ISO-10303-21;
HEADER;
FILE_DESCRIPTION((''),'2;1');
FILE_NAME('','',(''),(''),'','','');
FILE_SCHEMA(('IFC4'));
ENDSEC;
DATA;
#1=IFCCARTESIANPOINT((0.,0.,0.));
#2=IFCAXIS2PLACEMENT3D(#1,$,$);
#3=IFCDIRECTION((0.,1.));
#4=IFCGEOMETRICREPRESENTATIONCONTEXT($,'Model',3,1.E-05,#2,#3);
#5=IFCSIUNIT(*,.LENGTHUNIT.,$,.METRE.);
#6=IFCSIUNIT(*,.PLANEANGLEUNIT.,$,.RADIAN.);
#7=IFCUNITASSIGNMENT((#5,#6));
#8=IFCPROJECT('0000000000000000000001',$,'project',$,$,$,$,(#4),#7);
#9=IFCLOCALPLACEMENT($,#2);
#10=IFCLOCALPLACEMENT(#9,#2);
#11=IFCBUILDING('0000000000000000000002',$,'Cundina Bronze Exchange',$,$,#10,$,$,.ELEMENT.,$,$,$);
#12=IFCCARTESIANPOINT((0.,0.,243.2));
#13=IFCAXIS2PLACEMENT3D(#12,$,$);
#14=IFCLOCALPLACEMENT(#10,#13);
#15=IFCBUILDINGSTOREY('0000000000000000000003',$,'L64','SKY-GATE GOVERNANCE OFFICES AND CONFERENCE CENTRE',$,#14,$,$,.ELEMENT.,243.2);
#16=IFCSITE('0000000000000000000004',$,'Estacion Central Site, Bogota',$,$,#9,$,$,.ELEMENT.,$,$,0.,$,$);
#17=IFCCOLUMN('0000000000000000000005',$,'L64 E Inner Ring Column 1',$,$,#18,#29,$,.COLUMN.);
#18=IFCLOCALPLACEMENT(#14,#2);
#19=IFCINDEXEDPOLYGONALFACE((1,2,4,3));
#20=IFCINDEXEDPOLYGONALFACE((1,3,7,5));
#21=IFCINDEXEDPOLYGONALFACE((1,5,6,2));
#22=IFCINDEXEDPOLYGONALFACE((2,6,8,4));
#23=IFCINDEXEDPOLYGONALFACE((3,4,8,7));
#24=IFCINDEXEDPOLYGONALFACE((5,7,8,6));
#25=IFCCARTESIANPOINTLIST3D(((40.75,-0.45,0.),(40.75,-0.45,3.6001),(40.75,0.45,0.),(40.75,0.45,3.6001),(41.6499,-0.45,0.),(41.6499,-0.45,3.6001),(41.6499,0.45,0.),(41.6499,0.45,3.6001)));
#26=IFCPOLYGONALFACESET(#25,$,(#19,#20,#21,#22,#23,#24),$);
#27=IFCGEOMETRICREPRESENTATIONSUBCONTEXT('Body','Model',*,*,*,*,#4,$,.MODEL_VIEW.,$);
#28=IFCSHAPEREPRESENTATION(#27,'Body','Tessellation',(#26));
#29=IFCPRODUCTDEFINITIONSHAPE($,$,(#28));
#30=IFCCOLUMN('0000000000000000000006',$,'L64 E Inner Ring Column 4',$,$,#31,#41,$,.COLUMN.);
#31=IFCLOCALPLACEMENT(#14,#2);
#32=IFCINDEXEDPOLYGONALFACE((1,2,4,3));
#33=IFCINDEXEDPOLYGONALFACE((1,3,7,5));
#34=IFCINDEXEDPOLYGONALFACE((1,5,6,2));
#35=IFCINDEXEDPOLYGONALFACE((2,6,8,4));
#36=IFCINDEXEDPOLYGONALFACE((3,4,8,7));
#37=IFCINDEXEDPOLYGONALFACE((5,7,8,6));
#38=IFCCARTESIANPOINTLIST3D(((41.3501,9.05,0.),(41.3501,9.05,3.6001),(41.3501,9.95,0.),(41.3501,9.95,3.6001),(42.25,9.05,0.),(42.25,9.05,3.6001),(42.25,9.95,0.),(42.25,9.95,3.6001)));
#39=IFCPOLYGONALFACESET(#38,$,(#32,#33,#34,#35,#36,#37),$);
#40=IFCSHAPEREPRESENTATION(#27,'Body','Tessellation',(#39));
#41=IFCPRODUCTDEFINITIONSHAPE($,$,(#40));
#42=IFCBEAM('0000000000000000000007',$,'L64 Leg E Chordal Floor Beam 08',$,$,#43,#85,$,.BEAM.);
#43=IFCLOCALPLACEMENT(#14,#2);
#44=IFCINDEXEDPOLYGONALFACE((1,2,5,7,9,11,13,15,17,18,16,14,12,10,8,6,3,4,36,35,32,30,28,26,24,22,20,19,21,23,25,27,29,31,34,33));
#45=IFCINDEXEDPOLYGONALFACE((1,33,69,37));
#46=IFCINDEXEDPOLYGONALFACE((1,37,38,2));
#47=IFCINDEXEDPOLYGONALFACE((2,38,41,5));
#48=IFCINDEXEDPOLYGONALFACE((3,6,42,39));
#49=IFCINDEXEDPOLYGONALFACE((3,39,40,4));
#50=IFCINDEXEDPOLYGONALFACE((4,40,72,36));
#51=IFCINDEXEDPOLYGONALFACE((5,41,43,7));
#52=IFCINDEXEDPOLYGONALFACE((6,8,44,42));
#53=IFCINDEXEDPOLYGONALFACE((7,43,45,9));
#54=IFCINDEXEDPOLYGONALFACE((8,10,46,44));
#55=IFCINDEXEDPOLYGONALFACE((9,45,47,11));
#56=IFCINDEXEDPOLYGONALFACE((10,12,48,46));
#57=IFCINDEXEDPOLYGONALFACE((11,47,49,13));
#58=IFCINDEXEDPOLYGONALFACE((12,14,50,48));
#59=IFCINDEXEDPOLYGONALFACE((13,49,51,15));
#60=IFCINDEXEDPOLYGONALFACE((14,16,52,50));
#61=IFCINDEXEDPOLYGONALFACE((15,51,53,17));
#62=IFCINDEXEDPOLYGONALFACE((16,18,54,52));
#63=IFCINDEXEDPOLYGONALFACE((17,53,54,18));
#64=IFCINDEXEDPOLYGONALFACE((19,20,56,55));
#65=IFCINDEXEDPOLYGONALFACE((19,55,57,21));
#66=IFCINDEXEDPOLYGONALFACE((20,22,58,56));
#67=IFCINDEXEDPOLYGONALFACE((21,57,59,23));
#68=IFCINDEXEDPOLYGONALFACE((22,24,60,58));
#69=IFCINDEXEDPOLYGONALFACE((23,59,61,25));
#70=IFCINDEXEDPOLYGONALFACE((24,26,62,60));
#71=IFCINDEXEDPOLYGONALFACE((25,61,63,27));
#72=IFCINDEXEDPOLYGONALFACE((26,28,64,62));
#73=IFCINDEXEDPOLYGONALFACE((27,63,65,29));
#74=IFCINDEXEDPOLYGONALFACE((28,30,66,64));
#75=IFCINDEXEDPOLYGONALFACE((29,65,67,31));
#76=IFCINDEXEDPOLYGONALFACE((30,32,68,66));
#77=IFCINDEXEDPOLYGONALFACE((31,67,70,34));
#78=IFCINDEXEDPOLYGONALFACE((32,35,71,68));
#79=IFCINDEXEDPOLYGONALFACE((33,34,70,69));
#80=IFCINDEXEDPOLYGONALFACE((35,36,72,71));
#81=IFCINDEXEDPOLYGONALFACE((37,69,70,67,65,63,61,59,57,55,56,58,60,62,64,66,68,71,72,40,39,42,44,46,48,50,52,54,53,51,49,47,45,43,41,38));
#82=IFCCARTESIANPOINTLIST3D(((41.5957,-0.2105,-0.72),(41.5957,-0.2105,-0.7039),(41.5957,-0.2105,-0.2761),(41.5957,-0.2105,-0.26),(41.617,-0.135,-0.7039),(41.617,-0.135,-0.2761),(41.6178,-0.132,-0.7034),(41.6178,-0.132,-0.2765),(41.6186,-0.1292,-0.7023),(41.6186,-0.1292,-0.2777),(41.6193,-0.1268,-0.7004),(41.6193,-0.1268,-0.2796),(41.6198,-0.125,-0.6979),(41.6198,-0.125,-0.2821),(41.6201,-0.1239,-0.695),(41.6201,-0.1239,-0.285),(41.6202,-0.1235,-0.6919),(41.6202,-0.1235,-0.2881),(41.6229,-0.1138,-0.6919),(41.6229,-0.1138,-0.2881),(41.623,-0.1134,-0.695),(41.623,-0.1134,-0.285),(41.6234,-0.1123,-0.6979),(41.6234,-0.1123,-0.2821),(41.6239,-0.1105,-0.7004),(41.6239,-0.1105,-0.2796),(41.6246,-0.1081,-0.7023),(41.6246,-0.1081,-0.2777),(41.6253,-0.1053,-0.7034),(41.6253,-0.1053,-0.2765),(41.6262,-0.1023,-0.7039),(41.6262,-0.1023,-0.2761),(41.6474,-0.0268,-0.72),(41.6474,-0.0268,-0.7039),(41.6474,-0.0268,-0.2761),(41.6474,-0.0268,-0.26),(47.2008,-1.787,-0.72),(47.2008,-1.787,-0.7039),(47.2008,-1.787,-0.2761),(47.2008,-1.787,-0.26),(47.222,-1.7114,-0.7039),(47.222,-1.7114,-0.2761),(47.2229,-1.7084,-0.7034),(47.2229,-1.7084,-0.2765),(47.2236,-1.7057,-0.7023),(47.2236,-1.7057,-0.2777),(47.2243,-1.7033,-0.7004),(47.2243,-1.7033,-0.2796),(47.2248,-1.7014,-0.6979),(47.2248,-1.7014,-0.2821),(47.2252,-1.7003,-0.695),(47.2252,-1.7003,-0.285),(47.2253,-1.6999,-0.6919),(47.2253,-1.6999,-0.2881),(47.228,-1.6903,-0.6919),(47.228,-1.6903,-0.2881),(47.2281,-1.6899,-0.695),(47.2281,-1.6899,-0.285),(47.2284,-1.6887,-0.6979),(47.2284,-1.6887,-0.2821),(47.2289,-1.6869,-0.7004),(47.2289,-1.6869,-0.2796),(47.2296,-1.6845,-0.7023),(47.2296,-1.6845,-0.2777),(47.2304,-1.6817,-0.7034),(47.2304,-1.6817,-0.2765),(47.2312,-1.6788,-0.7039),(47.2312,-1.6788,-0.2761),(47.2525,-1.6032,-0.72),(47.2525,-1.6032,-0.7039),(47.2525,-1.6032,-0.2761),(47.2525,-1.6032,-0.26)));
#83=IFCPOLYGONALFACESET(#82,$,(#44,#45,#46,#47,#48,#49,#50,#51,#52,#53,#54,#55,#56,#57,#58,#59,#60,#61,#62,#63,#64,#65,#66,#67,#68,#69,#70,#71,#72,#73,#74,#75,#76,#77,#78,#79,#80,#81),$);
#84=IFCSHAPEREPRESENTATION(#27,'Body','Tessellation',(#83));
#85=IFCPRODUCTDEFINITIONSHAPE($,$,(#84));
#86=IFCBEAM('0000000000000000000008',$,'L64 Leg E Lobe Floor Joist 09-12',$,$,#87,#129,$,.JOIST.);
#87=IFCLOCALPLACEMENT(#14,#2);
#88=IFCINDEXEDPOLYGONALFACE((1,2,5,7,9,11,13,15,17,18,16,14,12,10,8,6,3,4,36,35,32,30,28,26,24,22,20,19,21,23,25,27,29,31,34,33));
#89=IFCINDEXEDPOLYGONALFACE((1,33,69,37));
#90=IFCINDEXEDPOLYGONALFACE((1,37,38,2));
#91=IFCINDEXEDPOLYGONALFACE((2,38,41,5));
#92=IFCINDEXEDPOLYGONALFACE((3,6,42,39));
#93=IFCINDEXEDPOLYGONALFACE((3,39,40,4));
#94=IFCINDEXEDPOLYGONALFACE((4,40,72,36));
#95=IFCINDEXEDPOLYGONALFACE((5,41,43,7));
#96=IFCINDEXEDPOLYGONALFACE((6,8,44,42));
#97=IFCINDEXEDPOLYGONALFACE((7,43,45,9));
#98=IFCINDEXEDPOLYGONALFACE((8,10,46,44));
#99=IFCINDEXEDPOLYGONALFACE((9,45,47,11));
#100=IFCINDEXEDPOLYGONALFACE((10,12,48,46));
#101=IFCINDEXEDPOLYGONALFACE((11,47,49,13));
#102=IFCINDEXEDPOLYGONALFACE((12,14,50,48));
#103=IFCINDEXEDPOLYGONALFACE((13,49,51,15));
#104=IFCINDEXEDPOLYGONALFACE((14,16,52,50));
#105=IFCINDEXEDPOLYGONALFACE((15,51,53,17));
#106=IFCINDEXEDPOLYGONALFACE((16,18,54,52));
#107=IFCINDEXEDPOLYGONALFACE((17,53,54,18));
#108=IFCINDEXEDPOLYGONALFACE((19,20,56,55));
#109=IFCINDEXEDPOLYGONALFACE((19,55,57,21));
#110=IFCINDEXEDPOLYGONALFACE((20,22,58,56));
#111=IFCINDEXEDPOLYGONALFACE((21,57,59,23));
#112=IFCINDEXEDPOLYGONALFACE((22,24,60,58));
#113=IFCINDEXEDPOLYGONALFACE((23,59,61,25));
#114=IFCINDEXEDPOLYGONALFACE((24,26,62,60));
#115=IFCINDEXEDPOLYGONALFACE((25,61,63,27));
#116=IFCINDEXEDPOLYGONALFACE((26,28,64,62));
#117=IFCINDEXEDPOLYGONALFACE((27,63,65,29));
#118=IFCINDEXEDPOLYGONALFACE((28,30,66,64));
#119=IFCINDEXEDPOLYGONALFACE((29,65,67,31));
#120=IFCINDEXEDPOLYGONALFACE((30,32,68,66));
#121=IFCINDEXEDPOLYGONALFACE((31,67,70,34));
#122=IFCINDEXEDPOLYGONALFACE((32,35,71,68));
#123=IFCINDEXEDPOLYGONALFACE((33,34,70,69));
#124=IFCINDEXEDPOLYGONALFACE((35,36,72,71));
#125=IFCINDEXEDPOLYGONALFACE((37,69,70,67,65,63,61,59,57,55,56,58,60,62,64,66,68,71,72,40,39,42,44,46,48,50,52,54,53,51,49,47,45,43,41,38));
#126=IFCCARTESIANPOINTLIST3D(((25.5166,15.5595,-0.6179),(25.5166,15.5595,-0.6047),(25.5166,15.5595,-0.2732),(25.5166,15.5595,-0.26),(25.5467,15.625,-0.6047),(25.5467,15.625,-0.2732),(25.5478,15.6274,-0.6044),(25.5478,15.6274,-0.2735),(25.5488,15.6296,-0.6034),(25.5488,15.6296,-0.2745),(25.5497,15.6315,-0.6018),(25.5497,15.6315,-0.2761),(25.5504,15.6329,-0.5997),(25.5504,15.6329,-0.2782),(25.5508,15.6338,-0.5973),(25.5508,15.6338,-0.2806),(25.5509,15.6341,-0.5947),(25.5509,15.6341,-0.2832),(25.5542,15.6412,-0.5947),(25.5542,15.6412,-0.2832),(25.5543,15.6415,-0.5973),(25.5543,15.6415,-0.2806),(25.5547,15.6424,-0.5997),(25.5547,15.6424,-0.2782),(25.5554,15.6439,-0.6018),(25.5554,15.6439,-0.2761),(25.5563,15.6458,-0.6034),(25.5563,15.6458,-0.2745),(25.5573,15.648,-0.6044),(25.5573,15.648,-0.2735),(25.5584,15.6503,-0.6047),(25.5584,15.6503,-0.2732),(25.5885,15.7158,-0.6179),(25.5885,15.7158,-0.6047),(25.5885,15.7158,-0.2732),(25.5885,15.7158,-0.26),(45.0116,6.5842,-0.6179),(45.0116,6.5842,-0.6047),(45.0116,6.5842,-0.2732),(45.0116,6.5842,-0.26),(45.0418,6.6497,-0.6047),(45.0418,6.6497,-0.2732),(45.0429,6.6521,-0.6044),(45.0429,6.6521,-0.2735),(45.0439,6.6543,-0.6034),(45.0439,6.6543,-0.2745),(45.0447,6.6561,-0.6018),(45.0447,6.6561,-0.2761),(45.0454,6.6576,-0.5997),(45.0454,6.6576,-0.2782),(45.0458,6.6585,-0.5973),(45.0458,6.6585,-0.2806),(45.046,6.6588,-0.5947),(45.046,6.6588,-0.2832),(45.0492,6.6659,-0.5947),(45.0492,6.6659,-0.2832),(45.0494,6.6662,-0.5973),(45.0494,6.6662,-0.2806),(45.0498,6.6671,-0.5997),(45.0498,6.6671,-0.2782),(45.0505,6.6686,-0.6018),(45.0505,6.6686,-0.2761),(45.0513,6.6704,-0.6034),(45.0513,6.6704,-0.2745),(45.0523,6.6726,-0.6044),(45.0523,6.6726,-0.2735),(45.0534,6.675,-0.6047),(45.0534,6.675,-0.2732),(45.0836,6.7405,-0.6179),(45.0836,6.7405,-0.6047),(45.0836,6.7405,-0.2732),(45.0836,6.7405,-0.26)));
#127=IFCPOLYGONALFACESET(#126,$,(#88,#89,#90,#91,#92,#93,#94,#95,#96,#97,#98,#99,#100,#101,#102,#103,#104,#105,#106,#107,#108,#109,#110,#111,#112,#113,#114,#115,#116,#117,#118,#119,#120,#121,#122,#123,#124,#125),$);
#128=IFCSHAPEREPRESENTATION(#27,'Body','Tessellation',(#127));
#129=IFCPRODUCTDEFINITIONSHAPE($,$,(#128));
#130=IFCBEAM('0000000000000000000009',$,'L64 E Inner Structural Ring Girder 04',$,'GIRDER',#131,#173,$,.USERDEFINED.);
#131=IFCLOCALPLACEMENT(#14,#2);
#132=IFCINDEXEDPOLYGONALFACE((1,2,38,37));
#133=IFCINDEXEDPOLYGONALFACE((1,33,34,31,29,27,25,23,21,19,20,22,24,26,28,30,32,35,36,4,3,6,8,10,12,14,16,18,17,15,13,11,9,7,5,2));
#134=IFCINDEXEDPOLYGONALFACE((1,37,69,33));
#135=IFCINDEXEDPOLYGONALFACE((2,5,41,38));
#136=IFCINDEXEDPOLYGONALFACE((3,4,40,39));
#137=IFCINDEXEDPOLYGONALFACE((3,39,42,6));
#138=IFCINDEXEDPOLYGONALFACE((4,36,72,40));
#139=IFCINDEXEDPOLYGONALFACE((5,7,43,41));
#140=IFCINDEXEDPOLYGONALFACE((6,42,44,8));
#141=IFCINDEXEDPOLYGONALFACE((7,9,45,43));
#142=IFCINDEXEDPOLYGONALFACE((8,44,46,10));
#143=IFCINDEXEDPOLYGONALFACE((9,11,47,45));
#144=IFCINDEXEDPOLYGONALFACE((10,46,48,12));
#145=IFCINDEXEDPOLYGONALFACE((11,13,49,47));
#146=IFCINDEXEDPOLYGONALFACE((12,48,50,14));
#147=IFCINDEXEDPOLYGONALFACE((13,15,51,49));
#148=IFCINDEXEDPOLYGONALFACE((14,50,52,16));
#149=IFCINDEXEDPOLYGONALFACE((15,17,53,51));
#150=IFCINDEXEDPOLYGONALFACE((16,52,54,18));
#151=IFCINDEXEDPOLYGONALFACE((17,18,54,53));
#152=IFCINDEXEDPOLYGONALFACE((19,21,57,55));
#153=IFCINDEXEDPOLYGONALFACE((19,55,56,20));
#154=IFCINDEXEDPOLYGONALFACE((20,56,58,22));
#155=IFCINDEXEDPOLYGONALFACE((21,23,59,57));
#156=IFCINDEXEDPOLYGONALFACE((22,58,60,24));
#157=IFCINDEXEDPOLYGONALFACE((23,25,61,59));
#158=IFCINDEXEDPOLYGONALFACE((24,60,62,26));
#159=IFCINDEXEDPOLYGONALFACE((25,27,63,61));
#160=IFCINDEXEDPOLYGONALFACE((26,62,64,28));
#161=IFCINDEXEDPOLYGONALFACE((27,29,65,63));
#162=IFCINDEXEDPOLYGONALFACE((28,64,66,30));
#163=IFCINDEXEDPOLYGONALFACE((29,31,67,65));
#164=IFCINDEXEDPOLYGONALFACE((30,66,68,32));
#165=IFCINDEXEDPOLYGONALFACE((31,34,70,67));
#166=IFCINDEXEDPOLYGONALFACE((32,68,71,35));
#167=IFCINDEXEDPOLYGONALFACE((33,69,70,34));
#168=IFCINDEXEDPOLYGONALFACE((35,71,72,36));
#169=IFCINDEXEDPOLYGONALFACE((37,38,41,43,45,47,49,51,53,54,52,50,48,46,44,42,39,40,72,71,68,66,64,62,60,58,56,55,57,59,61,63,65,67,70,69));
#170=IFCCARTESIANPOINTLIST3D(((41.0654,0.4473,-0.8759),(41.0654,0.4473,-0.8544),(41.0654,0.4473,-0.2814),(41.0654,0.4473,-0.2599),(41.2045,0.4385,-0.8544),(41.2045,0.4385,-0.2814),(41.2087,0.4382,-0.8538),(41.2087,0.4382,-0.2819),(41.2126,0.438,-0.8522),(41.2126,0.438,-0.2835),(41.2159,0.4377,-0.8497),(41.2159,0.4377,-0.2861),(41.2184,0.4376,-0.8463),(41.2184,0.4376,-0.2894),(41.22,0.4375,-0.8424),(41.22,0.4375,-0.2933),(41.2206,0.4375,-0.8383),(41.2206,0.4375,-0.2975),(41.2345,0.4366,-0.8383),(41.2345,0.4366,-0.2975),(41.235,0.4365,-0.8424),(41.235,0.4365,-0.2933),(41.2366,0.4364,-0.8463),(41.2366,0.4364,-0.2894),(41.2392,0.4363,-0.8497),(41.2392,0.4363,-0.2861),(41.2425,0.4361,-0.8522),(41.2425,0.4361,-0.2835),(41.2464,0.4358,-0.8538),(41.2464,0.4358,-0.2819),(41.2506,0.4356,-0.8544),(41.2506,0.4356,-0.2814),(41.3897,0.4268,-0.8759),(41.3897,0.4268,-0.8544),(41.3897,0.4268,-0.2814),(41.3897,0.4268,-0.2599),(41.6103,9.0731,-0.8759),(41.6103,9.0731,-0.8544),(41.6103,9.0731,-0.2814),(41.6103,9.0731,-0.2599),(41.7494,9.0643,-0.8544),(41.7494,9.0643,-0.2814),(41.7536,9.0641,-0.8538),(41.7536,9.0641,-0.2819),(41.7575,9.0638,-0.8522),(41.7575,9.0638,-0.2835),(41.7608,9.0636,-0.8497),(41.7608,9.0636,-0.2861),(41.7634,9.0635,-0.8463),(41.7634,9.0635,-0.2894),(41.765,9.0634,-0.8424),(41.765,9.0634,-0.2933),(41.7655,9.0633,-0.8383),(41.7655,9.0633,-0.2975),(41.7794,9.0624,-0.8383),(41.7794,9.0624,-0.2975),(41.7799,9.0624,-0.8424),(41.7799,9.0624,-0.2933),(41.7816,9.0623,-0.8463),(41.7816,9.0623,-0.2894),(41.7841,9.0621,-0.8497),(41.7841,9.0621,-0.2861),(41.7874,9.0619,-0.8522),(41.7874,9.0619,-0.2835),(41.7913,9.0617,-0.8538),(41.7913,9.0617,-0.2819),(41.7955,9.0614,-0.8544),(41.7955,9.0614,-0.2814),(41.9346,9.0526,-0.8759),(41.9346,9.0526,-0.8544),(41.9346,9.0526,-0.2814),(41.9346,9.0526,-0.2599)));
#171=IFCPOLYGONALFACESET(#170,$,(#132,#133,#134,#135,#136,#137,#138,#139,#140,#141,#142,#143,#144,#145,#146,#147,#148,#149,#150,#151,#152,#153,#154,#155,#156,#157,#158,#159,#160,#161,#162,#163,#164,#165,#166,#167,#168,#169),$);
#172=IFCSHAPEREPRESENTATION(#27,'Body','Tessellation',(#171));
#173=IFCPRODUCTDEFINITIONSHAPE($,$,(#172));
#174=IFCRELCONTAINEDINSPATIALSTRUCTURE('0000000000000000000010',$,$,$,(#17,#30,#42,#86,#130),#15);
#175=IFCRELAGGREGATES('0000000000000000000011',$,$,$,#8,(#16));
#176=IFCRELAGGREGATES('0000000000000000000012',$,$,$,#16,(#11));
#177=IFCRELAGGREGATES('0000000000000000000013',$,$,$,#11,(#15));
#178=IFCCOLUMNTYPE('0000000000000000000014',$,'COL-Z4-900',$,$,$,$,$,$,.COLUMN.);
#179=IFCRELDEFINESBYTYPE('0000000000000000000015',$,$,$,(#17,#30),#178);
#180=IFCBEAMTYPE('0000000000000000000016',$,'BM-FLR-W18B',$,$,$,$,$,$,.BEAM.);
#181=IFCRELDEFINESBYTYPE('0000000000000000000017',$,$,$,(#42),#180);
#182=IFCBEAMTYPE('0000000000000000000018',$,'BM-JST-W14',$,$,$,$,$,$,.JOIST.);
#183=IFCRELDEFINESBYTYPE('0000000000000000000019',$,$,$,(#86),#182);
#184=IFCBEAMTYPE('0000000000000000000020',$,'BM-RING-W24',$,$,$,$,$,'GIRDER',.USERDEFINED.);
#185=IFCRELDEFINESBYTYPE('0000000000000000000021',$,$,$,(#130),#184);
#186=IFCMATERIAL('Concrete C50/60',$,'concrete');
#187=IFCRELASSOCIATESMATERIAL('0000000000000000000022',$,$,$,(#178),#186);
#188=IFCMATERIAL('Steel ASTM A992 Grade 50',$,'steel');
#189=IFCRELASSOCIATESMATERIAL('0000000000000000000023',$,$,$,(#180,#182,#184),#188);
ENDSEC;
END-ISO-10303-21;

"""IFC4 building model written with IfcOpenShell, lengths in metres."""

from ifc_helpers import new_model, si_unit, direction, frame, origin, origin_2d, place, context, subcontext, project, spatial, rectangle, i_section, extrude, material, material_profile, profile_set, type_object, element, save


model = new_model("IFC4")

# Units and contexts
model_context = context("Model", 3, precision=1e-05, world=origin(), true_north=direction((0.0, 1.0)))
body_context = subcontext(model_context, "Body", "Model", "MODEL_VIEW")
ifc_project = project(units=[si_unit("LENGTHUNIT", "METRE"), si_unit("PLANEANGLEUNIT", "RADIAN")], contexts=[model_context])

# Site, building, storey
site_placement = place(None, origin())
site = spatial("IfcSite", under=ifc_project, at=site_placement, Name="Estacion Central Site, Bogota", CompositionType="ELEMENT", RefElevation=0.0)
building_placement = place(site_placement, origin())
building = spatial("IfcBuilding", under=site, at=building_placement, Name="Cundina Bronze Exchange", CompositionType="ELEMENT")
storey_placement = place(building_placement, frame((0.0, 0.0, 243.2)))
storey = spatial("IfcBuildingStorey", under=building, at=storey_placement, Name="L64", Description="SKY-GATE GOVERNANCE OFFICES AND CONFERENCE CENTRE", CompositionType="ELEMENT", Elevation=243.2)

# Columns
ifc_material_1 = material(Name="Concrete C50/60", Category="concrete")
ifc_material_profile_1 = material_profile(ifc_material_1, rectangle(XDim=0.8999, YDim=0.8999, at=origin_2d()), Name="RC900X900", Category="concrete")
ifc_profile_set_1 = profile_set([ifc_material_profile_1], Name="Concrete C50/60")
column_type = type_object("IfcColumnType", Name="COL-Z4-900", PredefinedType="COLUMN", material=ifc_profile_set_1)
for number, where, z_axis, x_axis, name in (
    (1, (41.2, 0.0, 0.0), (0.0, 0.0, 1.0), (1.0, 0.0, 0.0), "L64 E Inner Ring Column 1"),
    (2, (41.8, 9.5, 0.0), (0.0, 0.0, 1.0), (1.0, 0.0, 0.0), "L64 E Inner Ring Column 4"),
):
    element("IfcColumn", number, at=place(storey_placement, frame(where, z_axis=z_axis, x_axis=x_axis)), inside=storey, type_object=column_type, Name=name, PredefinedType="COLUMN", context=body_context, shape_type="SweptSolid", body=[
        extrude(rectangle(XDim=0.8999, YDim=0.8999, at=origin_2d()), origin(), (0.0, 0.0, 1.0), 3.6001),
    ])

# Beams
ifc_material_2 = material(Name="Steel ASTM A992 Grade 50", Category="steel")
ifc_material_profile_2 = material_profile(ifc_material_2, i_section(OverallWidth=0.1909, OverallDepth=0.46, WebThickness=0.01, FlangeThickness=0.0161, FilletRadius=0.012, at=origin_2d()), Name="W18X55", Category="steel")
ifc_profile_set_2 = profile_set([ifc_material_profile_2], Name="Steel ASTM A992 Grade 50")
beam_type_1 = type_object("IfcBeamType", Name="BM-FLR-W18B", PredefinedType="BEAM", material=ifc_profile_set_2)
beam_1_placement = place(storey_placement, frame((41.6216, -0.1187, -0.49), z_axis=(0.96265, -0.270748, 0.0), x_axis=(0.270748, 0.96265, 0.0)))
element("IfcBeam", 3, at=beam_1_placement, inside=storey, type_object=beam_type_1, Name="L64 Leg E Chordal Floor Beam 08", PredefinedType="BEAM", context=body_context, shape_type="SweptSolid", body=[
    extrude(i_section(OverallWidth=0.1909, OverallDepth=0.46, WebThickness=0.01, FlangeThickness=0.0161, FilletRadius=0.012, at=origin_2d()), origin(), (0.0, 0.0, 1.0), 5.8225),
])
ifc_material_profile_3 = material_profile(ifc_material_2, i_section(OverallWidth=0.1721, OverallDepth=0.3579, WebThickness=0.0078, FlangeThickness=0.0132, FilletRadius=0.01, at=origin_2d()), Name="W14X38", Category="steel")
ifc_profile_set_3 = profile_set([ifc_material_profile_3], Name="Steel ASTM A992 Grade 50")
beam_type_2 = type_object("IfcBeamType", Name="BM-JST-W14", PredefinedType="JOIST", material=ifc_profile_set_3)
beam_2_placement = place(storey_placement, frame((45.0476, 6.6624, -0.439), z_axis=(-0.908356, 0.418197, 0.0), x_axis=(-0.418197, -0.908356, 0.0)))
element("IfcBeam", 4, at=beam_2_placement, inside=storey, type_object=beam_type_2, Name="L64 Leg E Lobe Floor Joist 09-12", PredefinedType="JOIST", context=body_context, shape_type="SweptSolid", body=[
    extrude(i_section(OverallWidth=0.1721, OverallDepth=0.3579, WebThickness=0.0078, FlangeThickness=0.0132, FilletRadius=0.01, at=origin_2d()), origin(), (0.0, 0.0, 1.0), 21.4619),
])
ifc_material_profile_4 = material_profile(ifc_material_2, i_section(OverallWidth=0.325, OverallDepth=0.616, WebThickness=0.0139, FlangeThickness=0.0215, FilletRadius=0.0161, at=origin_2d()), Name="W24X117", Category="steel")
ifc_profile_set_4 = profile_set([ifc_material_profile_4], Name="Steel ASTM A992 Grade 50")
beam_type_3 = type_object("IfcBeamType", Name="BM-RING-W24", ElementType="GIRDER", PredefinedType="USERDEFINED", material=ifc_profile_set_4)
beam_3_placement = place(storey_placement, frame((41.2275, 0.437, -0.5679), z_axis=(0.063047, 0.998011, 0.0), x_axis=(-0.998011, 0.063047, 0.0)))
element("IfcBeam", 5, at=beam_3_placement, inside=storey, type_object=beam_type_3, Name="L64 E Inner Structural Ring Girder 04", ObjectType="GIRDER", PredefinedType="USERDEFINED", context=body_context, shape_type="SweptSolid", body=[
    extrude(i_section(OverallWidth=0.325, OverallDepth=0.616, WebThickness=0.0139, FlangeThickness=0.0215, FilletRadius=0.0161, at=origin_2d()), origin(), (0.0, 0.0, 1.0), 8.6431),
])

save(model, "model.ifc")
